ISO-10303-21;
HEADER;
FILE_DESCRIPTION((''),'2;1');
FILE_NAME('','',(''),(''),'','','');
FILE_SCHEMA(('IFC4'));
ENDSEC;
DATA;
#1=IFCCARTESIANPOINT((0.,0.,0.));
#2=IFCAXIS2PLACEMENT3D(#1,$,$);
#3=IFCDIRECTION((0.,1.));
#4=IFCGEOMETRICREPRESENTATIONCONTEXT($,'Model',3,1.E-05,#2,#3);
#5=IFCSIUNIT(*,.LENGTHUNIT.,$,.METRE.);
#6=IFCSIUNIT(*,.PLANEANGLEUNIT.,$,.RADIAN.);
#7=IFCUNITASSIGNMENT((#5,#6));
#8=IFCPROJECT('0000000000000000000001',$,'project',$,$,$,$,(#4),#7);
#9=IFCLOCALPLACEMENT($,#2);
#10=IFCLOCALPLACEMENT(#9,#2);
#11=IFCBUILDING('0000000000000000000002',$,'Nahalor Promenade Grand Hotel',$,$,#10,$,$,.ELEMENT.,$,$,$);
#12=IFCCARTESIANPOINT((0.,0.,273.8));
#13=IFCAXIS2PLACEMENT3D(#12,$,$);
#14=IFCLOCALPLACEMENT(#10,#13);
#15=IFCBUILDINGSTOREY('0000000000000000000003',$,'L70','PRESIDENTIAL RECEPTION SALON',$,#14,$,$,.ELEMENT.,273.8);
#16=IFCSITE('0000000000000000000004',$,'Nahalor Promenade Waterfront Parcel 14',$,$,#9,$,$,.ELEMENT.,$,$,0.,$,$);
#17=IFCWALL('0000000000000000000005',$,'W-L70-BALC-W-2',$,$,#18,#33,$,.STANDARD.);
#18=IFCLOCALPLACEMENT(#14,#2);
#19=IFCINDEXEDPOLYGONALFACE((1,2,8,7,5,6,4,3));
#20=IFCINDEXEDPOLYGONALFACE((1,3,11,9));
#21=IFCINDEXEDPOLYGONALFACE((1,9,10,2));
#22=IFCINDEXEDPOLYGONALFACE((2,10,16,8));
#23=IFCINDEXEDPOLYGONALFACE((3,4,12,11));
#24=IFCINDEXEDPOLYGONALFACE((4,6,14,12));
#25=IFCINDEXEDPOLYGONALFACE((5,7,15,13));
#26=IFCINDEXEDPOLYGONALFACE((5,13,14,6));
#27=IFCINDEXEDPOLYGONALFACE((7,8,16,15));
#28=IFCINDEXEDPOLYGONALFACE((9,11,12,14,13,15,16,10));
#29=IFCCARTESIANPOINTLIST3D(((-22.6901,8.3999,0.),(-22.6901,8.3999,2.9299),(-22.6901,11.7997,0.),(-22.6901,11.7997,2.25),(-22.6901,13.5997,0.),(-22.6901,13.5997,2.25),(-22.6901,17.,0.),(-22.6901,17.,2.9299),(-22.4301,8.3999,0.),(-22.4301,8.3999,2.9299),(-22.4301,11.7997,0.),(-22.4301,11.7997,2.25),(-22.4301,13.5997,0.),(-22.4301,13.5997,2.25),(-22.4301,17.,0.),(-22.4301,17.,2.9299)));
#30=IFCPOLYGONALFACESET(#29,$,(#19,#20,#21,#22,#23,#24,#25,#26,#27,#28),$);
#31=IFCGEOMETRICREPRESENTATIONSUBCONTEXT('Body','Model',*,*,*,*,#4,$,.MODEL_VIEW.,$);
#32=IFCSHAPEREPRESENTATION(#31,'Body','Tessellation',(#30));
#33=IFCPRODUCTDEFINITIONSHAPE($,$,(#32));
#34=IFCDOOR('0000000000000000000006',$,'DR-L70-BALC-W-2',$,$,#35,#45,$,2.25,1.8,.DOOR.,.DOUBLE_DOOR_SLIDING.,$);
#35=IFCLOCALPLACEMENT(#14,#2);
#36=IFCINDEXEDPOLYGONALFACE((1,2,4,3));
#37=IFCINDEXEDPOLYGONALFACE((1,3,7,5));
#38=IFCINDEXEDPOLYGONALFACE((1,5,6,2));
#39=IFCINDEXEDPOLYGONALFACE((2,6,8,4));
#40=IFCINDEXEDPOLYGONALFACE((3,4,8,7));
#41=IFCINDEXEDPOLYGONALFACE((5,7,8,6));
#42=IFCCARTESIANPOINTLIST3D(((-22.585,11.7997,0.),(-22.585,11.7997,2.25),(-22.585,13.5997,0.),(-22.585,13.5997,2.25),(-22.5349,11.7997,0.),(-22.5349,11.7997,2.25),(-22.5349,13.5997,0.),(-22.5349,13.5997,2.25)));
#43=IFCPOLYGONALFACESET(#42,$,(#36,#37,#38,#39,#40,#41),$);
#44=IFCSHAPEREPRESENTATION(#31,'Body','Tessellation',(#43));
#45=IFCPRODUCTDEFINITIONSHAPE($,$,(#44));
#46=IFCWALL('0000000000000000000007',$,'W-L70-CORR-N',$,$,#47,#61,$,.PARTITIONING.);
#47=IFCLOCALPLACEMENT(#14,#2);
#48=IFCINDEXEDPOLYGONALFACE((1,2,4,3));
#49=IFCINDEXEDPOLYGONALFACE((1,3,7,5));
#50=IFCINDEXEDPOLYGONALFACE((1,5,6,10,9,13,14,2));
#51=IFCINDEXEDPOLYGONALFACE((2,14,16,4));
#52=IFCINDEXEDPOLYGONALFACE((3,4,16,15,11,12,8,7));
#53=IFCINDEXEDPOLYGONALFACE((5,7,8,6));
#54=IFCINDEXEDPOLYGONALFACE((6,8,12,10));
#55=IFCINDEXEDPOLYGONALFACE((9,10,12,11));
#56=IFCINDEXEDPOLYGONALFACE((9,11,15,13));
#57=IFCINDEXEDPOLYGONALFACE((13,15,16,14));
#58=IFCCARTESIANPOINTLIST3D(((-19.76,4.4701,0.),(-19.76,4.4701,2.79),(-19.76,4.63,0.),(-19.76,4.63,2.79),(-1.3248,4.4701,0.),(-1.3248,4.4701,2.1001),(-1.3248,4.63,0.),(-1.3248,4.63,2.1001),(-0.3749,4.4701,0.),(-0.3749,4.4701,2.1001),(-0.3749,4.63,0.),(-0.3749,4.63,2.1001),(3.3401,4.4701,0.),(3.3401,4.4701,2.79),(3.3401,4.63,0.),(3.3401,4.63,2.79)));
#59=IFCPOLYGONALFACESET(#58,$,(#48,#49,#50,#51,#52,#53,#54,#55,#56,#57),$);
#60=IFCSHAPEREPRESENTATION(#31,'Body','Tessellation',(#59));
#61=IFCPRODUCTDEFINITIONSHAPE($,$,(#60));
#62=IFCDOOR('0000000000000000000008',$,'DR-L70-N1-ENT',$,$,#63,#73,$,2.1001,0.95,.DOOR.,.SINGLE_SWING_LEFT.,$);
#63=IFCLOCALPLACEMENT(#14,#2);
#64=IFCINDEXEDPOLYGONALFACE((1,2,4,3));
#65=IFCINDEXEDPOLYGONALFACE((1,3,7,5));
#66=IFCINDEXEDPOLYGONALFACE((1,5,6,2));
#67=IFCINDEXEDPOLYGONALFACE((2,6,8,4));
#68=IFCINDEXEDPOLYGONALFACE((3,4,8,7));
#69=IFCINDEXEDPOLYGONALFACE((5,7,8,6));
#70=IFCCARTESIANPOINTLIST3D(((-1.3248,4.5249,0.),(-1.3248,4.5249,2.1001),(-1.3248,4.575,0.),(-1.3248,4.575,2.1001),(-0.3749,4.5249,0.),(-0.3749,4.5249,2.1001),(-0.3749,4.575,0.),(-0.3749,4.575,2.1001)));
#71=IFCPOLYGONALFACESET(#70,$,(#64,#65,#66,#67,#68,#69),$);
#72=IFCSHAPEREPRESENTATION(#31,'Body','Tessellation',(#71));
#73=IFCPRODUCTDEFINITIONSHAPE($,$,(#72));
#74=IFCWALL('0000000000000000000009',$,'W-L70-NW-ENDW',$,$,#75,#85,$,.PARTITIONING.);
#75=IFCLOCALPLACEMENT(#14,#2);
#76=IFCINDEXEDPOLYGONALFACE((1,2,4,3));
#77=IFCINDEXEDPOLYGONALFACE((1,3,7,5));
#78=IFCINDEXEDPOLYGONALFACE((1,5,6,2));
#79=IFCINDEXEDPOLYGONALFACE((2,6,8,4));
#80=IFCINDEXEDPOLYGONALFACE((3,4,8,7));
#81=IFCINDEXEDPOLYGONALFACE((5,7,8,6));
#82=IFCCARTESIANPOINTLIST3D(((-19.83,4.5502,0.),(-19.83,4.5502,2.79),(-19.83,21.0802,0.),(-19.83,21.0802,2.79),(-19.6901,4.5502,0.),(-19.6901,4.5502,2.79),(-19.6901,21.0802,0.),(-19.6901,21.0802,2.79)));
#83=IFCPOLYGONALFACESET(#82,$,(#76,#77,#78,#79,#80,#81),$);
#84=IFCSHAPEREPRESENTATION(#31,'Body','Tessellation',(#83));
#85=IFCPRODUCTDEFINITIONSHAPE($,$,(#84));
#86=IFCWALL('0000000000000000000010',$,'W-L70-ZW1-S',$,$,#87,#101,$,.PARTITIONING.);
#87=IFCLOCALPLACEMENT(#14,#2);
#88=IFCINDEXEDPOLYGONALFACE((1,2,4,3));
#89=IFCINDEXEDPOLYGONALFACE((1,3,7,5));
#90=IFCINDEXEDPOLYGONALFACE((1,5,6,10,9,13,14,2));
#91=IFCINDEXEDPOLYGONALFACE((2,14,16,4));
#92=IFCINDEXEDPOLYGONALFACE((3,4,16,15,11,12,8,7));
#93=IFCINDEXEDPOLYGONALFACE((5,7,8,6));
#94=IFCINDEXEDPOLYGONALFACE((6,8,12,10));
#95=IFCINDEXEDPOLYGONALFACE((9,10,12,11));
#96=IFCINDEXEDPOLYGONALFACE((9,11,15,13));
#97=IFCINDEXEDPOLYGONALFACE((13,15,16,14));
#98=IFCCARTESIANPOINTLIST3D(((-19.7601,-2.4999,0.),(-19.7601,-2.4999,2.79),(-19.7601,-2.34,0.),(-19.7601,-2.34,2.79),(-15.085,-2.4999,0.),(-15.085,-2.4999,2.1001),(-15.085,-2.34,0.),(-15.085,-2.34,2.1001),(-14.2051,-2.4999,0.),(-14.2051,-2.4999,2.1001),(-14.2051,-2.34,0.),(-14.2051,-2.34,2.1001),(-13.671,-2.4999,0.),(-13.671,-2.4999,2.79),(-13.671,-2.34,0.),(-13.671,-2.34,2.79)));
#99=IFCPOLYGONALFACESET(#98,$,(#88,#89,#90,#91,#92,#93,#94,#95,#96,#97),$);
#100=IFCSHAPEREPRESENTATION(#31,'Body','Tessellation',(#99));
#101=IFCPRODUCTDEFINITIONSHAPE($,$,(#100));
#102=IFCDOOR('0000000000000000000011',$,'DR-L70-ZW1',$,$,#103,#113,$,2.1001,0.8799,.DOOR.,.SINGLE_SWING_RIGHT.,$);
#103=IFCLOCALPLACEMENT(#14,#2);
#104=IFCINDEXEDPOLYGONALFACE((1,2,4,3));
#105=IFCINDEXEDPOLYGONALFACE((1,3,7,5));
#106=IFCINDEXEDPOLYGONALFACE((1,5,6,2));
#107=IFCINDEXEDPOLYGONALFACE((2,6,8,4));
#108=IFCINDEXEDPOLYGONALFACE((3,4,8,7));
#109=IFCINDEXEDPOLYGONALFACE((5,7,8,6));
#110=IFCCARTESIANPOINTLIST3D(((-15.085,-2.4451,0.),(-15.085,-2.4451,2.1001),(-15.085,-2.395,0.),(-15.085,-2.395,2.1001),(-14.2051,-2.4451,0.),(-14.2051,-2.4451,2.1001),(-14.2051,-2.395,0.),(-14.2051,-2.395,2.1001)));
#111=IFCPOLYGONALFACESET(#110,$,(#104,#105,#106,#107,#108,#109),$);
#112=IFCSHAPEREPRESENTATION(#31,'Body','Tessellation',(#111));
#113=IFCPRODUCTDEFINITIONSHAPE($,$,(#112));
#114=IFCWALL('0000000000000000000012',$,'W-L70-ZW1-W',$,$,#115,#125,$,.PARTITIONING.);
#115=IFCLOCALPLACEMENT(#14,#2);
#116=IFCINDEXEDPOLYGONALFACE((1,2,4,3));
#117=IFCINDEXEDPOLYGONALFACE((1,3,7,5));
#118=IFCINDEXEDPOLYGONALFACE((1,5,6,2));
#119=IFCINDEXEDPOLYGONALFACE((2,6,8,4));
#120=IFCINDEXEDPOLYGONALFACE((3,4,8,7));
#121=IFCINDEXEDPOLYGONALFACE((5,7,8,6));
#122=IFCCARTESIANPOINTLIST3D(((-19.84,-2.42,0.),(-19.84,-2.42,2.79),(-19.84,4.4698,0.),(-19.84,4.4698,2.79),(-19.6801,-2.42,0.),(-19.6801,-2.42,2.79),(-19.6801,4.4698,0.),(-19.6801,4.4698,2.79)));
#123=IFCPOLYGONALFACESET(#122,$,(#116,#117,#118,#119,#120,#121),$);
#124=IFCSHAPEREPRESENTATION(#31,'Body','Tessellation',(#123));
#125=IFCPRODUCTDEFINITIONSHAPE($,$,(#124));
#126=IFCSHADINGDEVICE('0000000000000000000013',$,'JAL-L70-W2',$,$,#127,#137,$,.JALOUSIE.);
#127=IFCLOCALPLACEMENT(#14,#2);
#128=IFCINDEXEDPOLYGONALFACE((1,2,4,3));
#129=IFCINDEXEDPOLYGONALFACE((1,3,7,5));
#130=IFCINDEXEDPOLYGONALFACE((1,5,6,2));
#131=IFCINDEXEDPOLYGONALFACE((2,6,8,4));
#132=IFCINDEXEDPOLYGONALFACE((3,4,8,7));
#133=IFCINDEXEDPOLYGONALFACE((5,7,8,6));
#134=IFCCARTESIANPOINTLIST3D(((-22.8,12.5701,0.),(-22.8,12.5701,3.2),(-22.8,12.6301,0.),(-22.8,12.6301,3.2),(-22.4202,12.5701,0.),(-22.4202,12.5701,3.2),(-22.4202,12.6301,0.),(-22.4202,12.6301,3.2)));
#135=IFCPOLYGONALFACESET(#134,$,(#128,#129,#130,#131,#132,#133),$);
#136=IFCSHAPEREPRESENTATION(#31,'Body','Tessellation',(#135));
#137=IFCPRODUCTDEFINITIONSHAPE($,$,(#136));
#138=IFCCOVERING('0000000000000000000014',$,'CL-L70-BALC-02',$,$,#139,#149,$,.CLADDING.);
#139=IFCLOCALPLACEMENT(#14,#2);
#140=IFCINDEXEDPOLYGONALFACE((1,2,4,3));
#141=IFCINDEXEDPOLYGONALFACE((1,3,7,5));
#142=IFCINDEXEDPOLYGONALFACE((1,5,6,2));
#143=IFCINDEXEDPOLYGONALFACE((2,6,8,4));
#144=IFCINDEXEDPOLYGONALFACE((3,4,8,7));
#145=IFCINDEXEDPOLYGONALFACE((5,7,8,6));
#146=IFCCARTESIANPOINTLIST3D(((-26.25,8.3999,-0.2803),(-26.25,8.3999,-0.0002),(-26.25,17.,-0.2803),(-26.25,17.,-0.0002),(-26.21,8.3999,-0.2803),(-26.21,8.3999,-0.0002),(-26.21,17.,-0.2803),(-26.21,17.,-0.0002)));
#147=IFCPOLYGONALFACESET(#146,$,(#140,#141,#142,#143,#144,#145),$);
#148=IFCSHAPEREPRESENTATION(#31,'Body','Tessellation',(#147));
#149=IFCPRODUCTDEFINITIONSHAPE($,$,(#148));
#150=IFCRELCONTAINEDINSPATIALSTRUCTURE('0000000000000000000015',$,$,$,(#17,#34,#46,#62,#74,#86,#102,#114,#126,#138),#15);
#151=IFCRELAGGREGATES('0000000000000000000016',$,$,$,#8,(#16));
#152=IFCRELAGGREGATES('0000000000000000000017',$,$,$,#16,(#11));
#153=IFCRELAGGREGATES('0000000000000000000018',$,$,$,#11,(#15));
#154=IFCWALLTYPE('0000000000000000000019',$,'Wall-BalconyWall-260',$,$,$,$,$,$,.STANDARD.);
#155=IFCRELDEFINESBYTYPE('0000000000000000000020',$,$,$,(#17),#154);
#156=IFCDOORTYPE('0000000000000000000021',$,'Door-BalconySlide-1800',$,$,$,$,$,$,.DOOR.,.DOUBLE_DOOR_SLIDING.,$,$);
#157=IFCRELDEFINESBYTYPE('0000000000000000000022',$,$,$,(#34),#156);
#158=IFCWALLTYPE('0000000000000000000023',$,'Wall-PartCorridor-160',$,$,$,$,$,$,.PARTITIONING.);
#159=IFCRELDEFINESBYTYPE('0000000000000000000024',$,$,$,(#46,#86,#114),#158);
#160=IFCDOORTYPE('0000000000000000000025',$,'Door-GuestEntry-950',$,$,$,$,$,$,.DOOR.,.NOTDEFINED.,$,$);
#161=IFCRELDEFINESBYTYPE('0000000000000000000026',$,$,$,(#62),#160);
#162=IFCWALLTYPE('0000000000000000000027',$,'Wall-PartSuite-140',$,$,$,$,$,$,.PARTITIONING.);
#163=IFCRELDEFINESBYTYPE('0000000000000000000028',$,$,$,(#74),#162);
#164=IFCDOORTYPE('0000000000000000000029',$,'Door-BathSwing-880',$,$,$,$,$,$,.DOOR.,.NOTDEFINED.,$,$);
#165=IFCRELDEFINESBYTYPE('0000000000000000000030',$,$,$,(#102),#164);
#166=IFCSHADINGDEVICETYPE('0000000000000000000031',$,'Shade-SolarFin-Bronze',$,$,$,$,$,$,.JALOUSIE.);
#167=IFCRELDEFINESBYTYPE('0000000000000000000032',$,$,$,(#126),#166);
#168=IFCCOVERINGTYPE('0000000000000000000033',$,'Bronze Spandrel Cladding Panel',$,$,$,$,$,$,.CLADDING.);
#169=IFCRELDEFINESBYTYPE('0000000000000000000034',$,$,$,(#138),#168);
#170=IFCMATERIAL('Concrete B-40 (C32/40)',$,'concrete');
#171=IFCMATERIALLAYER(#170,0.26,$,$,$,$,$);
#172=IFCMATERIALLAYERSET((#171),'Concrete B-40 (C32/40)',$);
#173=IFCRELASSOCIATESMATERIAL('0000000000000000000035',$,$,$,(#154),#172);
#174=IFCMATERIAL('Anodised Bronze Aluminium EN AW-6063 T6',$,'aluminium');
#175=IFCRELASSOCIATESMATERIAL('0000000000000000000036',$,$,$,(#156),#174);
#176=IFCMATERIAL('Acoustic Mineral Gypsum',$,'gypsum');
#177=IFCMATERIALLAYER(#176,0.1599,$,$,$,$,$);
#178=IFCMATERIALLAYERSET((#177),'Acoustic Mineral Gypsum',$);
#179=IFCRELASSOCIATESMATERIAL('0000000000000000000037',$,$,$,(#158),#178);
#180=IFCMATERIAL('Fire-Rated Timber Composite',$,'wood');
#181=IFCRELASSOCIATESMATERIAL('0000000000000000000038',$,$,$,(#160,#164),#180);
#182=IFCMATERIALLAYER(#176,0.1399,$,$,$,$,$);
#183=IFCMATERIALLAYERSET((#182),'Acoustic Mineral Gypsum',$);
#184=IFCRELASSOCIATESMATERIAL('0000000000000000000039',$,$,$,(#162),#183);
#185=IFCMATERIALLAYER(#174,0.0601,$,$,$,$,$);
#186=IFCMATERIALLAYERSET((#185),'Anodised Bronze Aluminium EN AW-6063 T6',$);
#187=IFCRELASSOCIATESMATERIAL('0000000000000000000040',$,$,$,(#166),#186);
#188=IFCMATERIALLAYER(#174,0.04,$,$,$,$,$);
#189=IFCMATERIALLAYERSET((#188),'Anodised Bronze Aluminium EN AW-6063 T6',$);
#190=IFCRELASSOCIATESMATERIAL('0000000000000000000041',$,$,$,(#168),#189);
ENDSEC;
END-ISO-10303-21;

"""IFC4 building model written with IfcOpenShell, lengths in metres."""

from ifc_helpers import new_model, si_unit, direction, frame, frame_2d, origin, origin_2d, place, context, subcontext, project, spatial, rectangle, extrude, source, transform, mapped, material, layer, layer_set, type_object, element, fill, save


model = new_model("IFC4")

# Units and contexts
model_context = context("Model", 3, precision=1e-05, world=origin(), true_north=direction((0.0, 1.0)))
body_context = subcontext(model_context, "Body", "Model", "MODEL_VIEW")
ifc_project = project(units=[si_unit("LENGTHUNIT", "METRE"), si_unit("PLANEANGLEUNIT", "RADIAN")], contexts=[model_context])

# Site, building, storey
site_placement = place(None, origin())
site = spatial("IfcSite", under=ifc_project, at=site_placement, Name="Nahalor Promenade Waterfront Parcel 14", CompositionType="ELEMENT", RefElevation=0.0)
building_placement = place(site_placement, origin())
building = spatial("IfcBuilding", under=site, at=building_placement, Name="Nahalor Promenade Grand Hotel", CompositionType="ELEMENT")
storey_placement = place(building_placement, frame((0.0, 0.0, 273.8)))
storey = spatial("IfcBuildingStorey", under=building, at=storey_placement, Name="L70", Description="PRESIDENTIAL RECEPTION SALON", CompositionType="ELEMENT", Elevation=273.8)

# Shared definitions
ifc_material_1 = material(Name="Anodised Bronze Aluminium EN AW-6063 T6", Category="aluminium")

# Walls, openings, doors
ifc_material_2 = material(Name="Concrete B-40 (C32/40)", Category="concrete")
ifc_layer_1 = layer(ifc_material_2, 0.26)
ifc_layer_set_1 = layer_set([ifc_layer_1], Name="Concrete B-40 (C32/40)")
wall_type_1 = type_object("IfcWallType", Name="Wall-BalconyWall-260", PredefinedType="STANDARD", material=ifc_layer_set_1)
shared_shape_1 = source(origin(), body_context, "Body", "SweptSolid", [
    extrude(rectangle(XDim=8.6001, YDim=0.26, at=frame_2d((4.3, 0.0))), origin(), (0.0, 0.0, 1.0), 2.9299),
])
wall_1_placement = place(storey_placement, frame((-22.5601, 8.3999, 0.0), z_axis=(0.0, 0.0, 1.0), x_axis=(0.0, 1.0, 0.0)))
wall_1 = element("IfcWall", 1, at=wall_1_placement, inside=storey, type_object=wall_type_1, Name="W-L70-BALC-W-2", PredefinedType="STANDARD", context=body_context, shape_type="MappedRepresentation", body=[
    mapped(shared_shape_1, transform((0.0, 0.0, 0.0), scale=1.0)),
])
opening_1_placement = place(wall_1_placement, frame((3.3999, 0.0, 0.0)))
opening_1 = element("IfcOpeningElement", 2, at=opening_1_placement, cuts=wall_1, PredefinedType="OPENING", context=body_context, shape_type="SweptSolid", body=[
    extrude(rectangle(XDim=1.8, YDim=2.25, at=frame_2d((0.8999, 1.125))), frame((0.0, 0.1399, 0.0), z_axis=(0.0, -1.0, 0.0), x_axis=(1.0, 0.0, 0.0)), (0.0, 0.0, 1.0), 0.28),
])
door_type_1 = type_object("IfcDoorType", Name="Door-BalconySlide-1800", OperationType="DOUBLE_DOOR_SLIDING", PredefinedType="DOOR", material=ifc_material_1)
shared_shape_2 = source(origin(), body_context, "Body", "SweptSolid", [
    extrude(rectangle(XDim=1.8, YDim=2.25, at=frame_2d((0.8999, 1.125))), frame((0.0, 0.0249, 0.0), z_axis=(0.0, -1.0, 0.0), x_axis=(1.0, 0.0, 0.0)), (0.0, 0.0, 1.0), 0.05),
])
door_1_placement = place(opening_1_placement, origin())
door_1 = element("IfcDoor", 3, at=door_1_placement, inside=storey, type_object=door_type_1, Name="DR-L70-BALC-W-2", OperationType="DOUBLE_DOOR_SLIDING", OverallHeight=2.25, OverallWidth=1.8, PredefinedType="DOOR", context=body_context, shape_type="MappedRepresentation", body=[
    mapped(shared_shape_2, transform((0.0, 0.0, 0.0), scale=1.0)),
])
fill(opening_1, door_1)
ifc_material_3 = material(Name="Acoustic Mineral Gypsum", Category="gypsum")
ifc_layer_2 = layer(ifc_material_3, 0.1599)
ifc_layer_set_2 = layer_set([ifc_layer_2], Name="Acoustic Mineral Gypsum")
wall_type_2 = type_object("IfcWallType", Name="Wall-PartCorridor-160", PredefinedType="PARTITIONING", material=ifc_layer_set_2)
shared_shape_3 = source(origin(), body_context, "Body", "SweptSolid", [
    extrude(rectangle(XDim=23.1001, YDim=0.1599, at=frame_2d((11.55, 0.0))), origin(), (0.0, 0.0, 1.0), 2.79),
])
wall_2_placement = place(storey_placement, frame((-19.76, 4.55, 0.0), z_axis=(0.0, 0.0, 1.0), x_axis=(1.0, 0.0, 0.0)))
wall_2 = element("IfcWall", 4, at=wall_2_placement, inside=storey, type_object=wall_type_2, Name="W-L70-CORR-N", PredefinedType="PARTITIONING", context=body_context, shape_type="MappedRepresentation", body=[
    mapped(shared_shape_3, transform((0.0, 0.0, 0.0), scale=1.0)),
])
opening_2_placement = place(wall_2_placement, frame((18.4351, 0.0, 0.0)))
opening_2 = element("IfcOpeningElement", 5, at=opening_2_placement, cuts=wall_2, PredefinedType="OPENING", context=body_context, shape_type="SweptSolid", body=[
    extrude(rectangle(XDim=0.95, YDim=2.1001, at=frame_2d((0.4751, 1.05))), frame((0.0, 0.0898, 0.0), z_axis=(0.0, -1.0, 0.0), x_axis=(1.0, 0.0, 0.0)), (0.0, 0.0, 1.0), 0.1799),
])
ifc_material_4 = material(Name="Fire-Rated Timber Composite", Category="wood")
door_type_2 = type_object("IfcDoorType", Name="Door-GuestEntry-950", OperationType="NOTDEFINED", PredefinedType="DOOR", material=ifc_material_4)
shared_shape_4 = source(origin(), body_context, "Body", "SweptSolid", [
    extrude(rectangle(XDim=0.95, YDim=2.1001, at=frame_2d((0.4751, 1.05))), frame((0.0, 0.0249, 0.0), z_axis=(0.0, -1.0, 0.0), x_axis=(1.0, 0.0, 0.0)), (0.0, 0.0, 1.0), 0.05),
])
door_2_placement = place(opening_2_placement, origin())
door_2 = element("IfcDoor", 6, at=door_2_placement, inside=storey, type_object=door_type_2, Name="DR-L70-N1-ENT", OperationType="SINGLE_SWING_LEFT", OverallHeight=2.1001, OverallWidth=0.95, PredefinedType="DOOR", context=body_context, shape_type="MappedRepresentation", body=[
    mapped(shared_shape_4, transform((0.0, 0.0, 0.0), scale=1.0)),
])
fill(opening_2, door_2)

# Wall
ifc_layer_3 = layer(ifc_material_3, 0.1399)
ifc_layer_set_3 = layer_set([ifc_layer_3], Name="Acoustic Mineral Gypsum")
wall_type_3 = type_object("IfcWallType", Name="Wall-PartSuite-140", PredefinedType="PARTITIONING", material=ifc_layer_set_3)
shared_shape_5 = source(origin(), body_context, "Body", "SweptSolid", [
    extrude(rectangle(XDim=16.53, YDim=0.1399, at=frame_2d((8.2651, 0.0))), origin(), (0.0, 0.0, 1.0), 2.79),
])
wall_3_placement = place(storey_placement, frame((-19.76, 4.55, 0.0), z_axis=(0.0, 0.0, 1.0), x_axis=(0.0, 1.0, 0.0)))
element("IfcWall", 7, at=wall_3_placement, inside=storey, type_object=wall_type_3, Name="W-L70-NW-ENDW", PredefinedType="PARTITIONING", context=body_context, shape_type="MappedRepresentation", body=[
    mapped(shared_shape_5, transform((0.0, 0.0, 0.0), scale=1.0)),
])

# Wall, opening, door
shared_shape_6 = source(origin(), body_context, "Body", "SweptSolid", [
    extrude(rectangle(XDim=6.0891, YDim=0.1599, at=frame_2d((3.0444, 0.0))), origin(), (0.0, 0.0, 1.0), 2.79),
])
wall_4_placement = place(storey_placement, frame((-19.76, -2.4199, 0.0), z_axis=(0.0, 0.0, 1.0), x_axis=(1.0, 0.0, 0.0)))
wall_4 = element("IfcWall", 8, at=wall_4_placement, inside=storey, type_object=wall_type_2, Name="W-L70-ZW1-S", PredefinedType="PARTITIONING", context=body_context, shape_type="MappedRepresentation", body=[
    mapped(shared_shape_6, transform((0.0, 0.0, 0.0), scale=1.0)),
])
opening_3_placement = place(wall_4_placement, frame((4.675, 0.0, 0.0)))
opening_3 = element("IfcOpeningElement", 9, at=opening_3_placement, cuts=wall_4, PredefinedType="OPENING", context=body_context, shape_type="SweptSolid", body=[
    extrude(rectangle(XDim=0.8799, YDim=2.1001, at=frame_2d((0.4399, 1.05))), frame((0.0, 0.0898, 0.0), z_axis=(0.0, -1.0, 0.0), x_axis=(1.0, 0.0, 0.0)), (0.0, 0.0, 1.0), 0.1799),
])
door_type_3 = type_object("IfcDoorType", Name="Door-BathSwing-880", OperationType="NOTDEFINED", PredefinedType="DOOR", material=ifc_material_4)
shared_shape_7 = source(origin(), body_context, "Body", "SweptSolid", [
    extrude(rectangle(XDim=0.8799, YDim=2.1001, at=frame_2d((0.4399, 1.05))), frame((0.0, 0.0249, 0.0), z_axis=(0.0, -1.0, 0.0), x_axis=(1.0, 0.0, 0.0)), (0.0, 0.0, 1.0), 0.05),
])
door_3_placement = place(opening_3_placement, origin())
door_3 = element("IfcDoor", 10, at=door_3_placement, inside=storey, type_object=door_type_3, Name="DR-L70-ZW1", OperationType="SINGLE_SWING_RIGHT", OverallHeight=2.1001, OverallWidth=0.8799, PredefinedType="DOOR", context=body_context, shape_type="MappedRepresentation", body=[
    mapped(shared_shape_7, transform((0.0, 0.0, 0.0), scale=1.0)),
])
fill(opening_3, door_3)

# Wall
shared_shape_8 = source(origin(), body_context, "Body", "SweptSolid", [
    extrude(rectangle(XDim=6.8899, YDim=0.1599, at=frame_2d((3.4448, 0.0))), origin(), (0.0, 0.0, 1.0), 2.79),
])
wall_5_placement = place(storey_placement, frame((-19.76, -2.4199, 0.0), z_axis=(0.0, 0.0, 1.0), x_axis=(0.0, 1.0, 0.0)))
element("IfcWall", 11, at=wall_5_placement, inside=storey, type_object=wall_type_2, Name="W-L70-ZW1-W", PredefinedType="PARTITIONING", context=body_context, shape_type="MappedRepresentation", body=[
    mapped(shared_shape_8, transform((0.0, 0.0, 0.0), scale=1.0)),
])

# Shading device
ifc_layer_4 = layer(ifc_material_1, 0.0601)
ifc_layer_set_4 = layer_set([ifc_layer_4], Name="Anodised Bronze Aluminium EN AW-6063 T6")
shading_device_type = type_object("IfcShadingDeviceType", Name="Shade-SolarFin-Bronze", PredefinedType="JALOUSIE", material=ifc_layer_set_4)
shared_shape_9 = source(origin(), body_context, "Body", "SweptSolid", [
    extrude(rectangle(XDim=0.3799, YDim=0.0601, at=origin_2d()), origin(), (0.0, 0.0, 1.0), 3.2),
])
shading_device_placement = place(storey_placement, frame((-22.6101, 12.6001, 0.0), z_axis=(0.0, 0.0, 1.0), x_axis=(1.0, 0.0, 0.0)))
element("IfcShadingDevice", 12, at=shading_device_placement, inside=storey, type_object=shading_device_type, Name="JAL-L70-W2", PredefinedType="JALOUSIE", context=body_context, shape_type="MappedRepresentation", body=[
    mapped(shared_shape_9, transform((0.0, 0.0, 0.0), scale=1.0)),
])

# Covering
ifc_layer_5 = layer(ifc_material_1, 0.04)
ifc_layer_set_5 = layer_set([ifc_layer_5], Name="Anodised Bronze Aluminium EN AW-6063 T6")
covering_type = type_object("IfcCoveringType", Name="Bronze Spandrel Cladding Panel", PredefinedType="CLADDING", material=ifc_layer_set_5)
shared_shape_10 = source(origin(), body_context, "Body", "SweptSolid", [
    extrude(rectangle(XDim=8.6001, YDim=0.04, at=origin_2d()), origin(), (0.0, 0.0, 1.0), 0.28),
])
covering_placement = place(storey_placement, frame((-26.23, 12.7, -0.2803), z_axis=(0.0, 0.0, 1.0), x_axis=(0.0, 1.0, 0.0)))
element("IfcCovering", 13, at=covering_placement, inside=storey, type_object=covering_type, Name="CL-L70-BALC-02", PredefinedType="CLADDING", context=body_context, shape_type="MappedRepresentation", body=[
    mapped(shared_shape_10, transform((0.0, 0.0, 0.0), scale=1.0)),
])

save(model, "model.ifc")
